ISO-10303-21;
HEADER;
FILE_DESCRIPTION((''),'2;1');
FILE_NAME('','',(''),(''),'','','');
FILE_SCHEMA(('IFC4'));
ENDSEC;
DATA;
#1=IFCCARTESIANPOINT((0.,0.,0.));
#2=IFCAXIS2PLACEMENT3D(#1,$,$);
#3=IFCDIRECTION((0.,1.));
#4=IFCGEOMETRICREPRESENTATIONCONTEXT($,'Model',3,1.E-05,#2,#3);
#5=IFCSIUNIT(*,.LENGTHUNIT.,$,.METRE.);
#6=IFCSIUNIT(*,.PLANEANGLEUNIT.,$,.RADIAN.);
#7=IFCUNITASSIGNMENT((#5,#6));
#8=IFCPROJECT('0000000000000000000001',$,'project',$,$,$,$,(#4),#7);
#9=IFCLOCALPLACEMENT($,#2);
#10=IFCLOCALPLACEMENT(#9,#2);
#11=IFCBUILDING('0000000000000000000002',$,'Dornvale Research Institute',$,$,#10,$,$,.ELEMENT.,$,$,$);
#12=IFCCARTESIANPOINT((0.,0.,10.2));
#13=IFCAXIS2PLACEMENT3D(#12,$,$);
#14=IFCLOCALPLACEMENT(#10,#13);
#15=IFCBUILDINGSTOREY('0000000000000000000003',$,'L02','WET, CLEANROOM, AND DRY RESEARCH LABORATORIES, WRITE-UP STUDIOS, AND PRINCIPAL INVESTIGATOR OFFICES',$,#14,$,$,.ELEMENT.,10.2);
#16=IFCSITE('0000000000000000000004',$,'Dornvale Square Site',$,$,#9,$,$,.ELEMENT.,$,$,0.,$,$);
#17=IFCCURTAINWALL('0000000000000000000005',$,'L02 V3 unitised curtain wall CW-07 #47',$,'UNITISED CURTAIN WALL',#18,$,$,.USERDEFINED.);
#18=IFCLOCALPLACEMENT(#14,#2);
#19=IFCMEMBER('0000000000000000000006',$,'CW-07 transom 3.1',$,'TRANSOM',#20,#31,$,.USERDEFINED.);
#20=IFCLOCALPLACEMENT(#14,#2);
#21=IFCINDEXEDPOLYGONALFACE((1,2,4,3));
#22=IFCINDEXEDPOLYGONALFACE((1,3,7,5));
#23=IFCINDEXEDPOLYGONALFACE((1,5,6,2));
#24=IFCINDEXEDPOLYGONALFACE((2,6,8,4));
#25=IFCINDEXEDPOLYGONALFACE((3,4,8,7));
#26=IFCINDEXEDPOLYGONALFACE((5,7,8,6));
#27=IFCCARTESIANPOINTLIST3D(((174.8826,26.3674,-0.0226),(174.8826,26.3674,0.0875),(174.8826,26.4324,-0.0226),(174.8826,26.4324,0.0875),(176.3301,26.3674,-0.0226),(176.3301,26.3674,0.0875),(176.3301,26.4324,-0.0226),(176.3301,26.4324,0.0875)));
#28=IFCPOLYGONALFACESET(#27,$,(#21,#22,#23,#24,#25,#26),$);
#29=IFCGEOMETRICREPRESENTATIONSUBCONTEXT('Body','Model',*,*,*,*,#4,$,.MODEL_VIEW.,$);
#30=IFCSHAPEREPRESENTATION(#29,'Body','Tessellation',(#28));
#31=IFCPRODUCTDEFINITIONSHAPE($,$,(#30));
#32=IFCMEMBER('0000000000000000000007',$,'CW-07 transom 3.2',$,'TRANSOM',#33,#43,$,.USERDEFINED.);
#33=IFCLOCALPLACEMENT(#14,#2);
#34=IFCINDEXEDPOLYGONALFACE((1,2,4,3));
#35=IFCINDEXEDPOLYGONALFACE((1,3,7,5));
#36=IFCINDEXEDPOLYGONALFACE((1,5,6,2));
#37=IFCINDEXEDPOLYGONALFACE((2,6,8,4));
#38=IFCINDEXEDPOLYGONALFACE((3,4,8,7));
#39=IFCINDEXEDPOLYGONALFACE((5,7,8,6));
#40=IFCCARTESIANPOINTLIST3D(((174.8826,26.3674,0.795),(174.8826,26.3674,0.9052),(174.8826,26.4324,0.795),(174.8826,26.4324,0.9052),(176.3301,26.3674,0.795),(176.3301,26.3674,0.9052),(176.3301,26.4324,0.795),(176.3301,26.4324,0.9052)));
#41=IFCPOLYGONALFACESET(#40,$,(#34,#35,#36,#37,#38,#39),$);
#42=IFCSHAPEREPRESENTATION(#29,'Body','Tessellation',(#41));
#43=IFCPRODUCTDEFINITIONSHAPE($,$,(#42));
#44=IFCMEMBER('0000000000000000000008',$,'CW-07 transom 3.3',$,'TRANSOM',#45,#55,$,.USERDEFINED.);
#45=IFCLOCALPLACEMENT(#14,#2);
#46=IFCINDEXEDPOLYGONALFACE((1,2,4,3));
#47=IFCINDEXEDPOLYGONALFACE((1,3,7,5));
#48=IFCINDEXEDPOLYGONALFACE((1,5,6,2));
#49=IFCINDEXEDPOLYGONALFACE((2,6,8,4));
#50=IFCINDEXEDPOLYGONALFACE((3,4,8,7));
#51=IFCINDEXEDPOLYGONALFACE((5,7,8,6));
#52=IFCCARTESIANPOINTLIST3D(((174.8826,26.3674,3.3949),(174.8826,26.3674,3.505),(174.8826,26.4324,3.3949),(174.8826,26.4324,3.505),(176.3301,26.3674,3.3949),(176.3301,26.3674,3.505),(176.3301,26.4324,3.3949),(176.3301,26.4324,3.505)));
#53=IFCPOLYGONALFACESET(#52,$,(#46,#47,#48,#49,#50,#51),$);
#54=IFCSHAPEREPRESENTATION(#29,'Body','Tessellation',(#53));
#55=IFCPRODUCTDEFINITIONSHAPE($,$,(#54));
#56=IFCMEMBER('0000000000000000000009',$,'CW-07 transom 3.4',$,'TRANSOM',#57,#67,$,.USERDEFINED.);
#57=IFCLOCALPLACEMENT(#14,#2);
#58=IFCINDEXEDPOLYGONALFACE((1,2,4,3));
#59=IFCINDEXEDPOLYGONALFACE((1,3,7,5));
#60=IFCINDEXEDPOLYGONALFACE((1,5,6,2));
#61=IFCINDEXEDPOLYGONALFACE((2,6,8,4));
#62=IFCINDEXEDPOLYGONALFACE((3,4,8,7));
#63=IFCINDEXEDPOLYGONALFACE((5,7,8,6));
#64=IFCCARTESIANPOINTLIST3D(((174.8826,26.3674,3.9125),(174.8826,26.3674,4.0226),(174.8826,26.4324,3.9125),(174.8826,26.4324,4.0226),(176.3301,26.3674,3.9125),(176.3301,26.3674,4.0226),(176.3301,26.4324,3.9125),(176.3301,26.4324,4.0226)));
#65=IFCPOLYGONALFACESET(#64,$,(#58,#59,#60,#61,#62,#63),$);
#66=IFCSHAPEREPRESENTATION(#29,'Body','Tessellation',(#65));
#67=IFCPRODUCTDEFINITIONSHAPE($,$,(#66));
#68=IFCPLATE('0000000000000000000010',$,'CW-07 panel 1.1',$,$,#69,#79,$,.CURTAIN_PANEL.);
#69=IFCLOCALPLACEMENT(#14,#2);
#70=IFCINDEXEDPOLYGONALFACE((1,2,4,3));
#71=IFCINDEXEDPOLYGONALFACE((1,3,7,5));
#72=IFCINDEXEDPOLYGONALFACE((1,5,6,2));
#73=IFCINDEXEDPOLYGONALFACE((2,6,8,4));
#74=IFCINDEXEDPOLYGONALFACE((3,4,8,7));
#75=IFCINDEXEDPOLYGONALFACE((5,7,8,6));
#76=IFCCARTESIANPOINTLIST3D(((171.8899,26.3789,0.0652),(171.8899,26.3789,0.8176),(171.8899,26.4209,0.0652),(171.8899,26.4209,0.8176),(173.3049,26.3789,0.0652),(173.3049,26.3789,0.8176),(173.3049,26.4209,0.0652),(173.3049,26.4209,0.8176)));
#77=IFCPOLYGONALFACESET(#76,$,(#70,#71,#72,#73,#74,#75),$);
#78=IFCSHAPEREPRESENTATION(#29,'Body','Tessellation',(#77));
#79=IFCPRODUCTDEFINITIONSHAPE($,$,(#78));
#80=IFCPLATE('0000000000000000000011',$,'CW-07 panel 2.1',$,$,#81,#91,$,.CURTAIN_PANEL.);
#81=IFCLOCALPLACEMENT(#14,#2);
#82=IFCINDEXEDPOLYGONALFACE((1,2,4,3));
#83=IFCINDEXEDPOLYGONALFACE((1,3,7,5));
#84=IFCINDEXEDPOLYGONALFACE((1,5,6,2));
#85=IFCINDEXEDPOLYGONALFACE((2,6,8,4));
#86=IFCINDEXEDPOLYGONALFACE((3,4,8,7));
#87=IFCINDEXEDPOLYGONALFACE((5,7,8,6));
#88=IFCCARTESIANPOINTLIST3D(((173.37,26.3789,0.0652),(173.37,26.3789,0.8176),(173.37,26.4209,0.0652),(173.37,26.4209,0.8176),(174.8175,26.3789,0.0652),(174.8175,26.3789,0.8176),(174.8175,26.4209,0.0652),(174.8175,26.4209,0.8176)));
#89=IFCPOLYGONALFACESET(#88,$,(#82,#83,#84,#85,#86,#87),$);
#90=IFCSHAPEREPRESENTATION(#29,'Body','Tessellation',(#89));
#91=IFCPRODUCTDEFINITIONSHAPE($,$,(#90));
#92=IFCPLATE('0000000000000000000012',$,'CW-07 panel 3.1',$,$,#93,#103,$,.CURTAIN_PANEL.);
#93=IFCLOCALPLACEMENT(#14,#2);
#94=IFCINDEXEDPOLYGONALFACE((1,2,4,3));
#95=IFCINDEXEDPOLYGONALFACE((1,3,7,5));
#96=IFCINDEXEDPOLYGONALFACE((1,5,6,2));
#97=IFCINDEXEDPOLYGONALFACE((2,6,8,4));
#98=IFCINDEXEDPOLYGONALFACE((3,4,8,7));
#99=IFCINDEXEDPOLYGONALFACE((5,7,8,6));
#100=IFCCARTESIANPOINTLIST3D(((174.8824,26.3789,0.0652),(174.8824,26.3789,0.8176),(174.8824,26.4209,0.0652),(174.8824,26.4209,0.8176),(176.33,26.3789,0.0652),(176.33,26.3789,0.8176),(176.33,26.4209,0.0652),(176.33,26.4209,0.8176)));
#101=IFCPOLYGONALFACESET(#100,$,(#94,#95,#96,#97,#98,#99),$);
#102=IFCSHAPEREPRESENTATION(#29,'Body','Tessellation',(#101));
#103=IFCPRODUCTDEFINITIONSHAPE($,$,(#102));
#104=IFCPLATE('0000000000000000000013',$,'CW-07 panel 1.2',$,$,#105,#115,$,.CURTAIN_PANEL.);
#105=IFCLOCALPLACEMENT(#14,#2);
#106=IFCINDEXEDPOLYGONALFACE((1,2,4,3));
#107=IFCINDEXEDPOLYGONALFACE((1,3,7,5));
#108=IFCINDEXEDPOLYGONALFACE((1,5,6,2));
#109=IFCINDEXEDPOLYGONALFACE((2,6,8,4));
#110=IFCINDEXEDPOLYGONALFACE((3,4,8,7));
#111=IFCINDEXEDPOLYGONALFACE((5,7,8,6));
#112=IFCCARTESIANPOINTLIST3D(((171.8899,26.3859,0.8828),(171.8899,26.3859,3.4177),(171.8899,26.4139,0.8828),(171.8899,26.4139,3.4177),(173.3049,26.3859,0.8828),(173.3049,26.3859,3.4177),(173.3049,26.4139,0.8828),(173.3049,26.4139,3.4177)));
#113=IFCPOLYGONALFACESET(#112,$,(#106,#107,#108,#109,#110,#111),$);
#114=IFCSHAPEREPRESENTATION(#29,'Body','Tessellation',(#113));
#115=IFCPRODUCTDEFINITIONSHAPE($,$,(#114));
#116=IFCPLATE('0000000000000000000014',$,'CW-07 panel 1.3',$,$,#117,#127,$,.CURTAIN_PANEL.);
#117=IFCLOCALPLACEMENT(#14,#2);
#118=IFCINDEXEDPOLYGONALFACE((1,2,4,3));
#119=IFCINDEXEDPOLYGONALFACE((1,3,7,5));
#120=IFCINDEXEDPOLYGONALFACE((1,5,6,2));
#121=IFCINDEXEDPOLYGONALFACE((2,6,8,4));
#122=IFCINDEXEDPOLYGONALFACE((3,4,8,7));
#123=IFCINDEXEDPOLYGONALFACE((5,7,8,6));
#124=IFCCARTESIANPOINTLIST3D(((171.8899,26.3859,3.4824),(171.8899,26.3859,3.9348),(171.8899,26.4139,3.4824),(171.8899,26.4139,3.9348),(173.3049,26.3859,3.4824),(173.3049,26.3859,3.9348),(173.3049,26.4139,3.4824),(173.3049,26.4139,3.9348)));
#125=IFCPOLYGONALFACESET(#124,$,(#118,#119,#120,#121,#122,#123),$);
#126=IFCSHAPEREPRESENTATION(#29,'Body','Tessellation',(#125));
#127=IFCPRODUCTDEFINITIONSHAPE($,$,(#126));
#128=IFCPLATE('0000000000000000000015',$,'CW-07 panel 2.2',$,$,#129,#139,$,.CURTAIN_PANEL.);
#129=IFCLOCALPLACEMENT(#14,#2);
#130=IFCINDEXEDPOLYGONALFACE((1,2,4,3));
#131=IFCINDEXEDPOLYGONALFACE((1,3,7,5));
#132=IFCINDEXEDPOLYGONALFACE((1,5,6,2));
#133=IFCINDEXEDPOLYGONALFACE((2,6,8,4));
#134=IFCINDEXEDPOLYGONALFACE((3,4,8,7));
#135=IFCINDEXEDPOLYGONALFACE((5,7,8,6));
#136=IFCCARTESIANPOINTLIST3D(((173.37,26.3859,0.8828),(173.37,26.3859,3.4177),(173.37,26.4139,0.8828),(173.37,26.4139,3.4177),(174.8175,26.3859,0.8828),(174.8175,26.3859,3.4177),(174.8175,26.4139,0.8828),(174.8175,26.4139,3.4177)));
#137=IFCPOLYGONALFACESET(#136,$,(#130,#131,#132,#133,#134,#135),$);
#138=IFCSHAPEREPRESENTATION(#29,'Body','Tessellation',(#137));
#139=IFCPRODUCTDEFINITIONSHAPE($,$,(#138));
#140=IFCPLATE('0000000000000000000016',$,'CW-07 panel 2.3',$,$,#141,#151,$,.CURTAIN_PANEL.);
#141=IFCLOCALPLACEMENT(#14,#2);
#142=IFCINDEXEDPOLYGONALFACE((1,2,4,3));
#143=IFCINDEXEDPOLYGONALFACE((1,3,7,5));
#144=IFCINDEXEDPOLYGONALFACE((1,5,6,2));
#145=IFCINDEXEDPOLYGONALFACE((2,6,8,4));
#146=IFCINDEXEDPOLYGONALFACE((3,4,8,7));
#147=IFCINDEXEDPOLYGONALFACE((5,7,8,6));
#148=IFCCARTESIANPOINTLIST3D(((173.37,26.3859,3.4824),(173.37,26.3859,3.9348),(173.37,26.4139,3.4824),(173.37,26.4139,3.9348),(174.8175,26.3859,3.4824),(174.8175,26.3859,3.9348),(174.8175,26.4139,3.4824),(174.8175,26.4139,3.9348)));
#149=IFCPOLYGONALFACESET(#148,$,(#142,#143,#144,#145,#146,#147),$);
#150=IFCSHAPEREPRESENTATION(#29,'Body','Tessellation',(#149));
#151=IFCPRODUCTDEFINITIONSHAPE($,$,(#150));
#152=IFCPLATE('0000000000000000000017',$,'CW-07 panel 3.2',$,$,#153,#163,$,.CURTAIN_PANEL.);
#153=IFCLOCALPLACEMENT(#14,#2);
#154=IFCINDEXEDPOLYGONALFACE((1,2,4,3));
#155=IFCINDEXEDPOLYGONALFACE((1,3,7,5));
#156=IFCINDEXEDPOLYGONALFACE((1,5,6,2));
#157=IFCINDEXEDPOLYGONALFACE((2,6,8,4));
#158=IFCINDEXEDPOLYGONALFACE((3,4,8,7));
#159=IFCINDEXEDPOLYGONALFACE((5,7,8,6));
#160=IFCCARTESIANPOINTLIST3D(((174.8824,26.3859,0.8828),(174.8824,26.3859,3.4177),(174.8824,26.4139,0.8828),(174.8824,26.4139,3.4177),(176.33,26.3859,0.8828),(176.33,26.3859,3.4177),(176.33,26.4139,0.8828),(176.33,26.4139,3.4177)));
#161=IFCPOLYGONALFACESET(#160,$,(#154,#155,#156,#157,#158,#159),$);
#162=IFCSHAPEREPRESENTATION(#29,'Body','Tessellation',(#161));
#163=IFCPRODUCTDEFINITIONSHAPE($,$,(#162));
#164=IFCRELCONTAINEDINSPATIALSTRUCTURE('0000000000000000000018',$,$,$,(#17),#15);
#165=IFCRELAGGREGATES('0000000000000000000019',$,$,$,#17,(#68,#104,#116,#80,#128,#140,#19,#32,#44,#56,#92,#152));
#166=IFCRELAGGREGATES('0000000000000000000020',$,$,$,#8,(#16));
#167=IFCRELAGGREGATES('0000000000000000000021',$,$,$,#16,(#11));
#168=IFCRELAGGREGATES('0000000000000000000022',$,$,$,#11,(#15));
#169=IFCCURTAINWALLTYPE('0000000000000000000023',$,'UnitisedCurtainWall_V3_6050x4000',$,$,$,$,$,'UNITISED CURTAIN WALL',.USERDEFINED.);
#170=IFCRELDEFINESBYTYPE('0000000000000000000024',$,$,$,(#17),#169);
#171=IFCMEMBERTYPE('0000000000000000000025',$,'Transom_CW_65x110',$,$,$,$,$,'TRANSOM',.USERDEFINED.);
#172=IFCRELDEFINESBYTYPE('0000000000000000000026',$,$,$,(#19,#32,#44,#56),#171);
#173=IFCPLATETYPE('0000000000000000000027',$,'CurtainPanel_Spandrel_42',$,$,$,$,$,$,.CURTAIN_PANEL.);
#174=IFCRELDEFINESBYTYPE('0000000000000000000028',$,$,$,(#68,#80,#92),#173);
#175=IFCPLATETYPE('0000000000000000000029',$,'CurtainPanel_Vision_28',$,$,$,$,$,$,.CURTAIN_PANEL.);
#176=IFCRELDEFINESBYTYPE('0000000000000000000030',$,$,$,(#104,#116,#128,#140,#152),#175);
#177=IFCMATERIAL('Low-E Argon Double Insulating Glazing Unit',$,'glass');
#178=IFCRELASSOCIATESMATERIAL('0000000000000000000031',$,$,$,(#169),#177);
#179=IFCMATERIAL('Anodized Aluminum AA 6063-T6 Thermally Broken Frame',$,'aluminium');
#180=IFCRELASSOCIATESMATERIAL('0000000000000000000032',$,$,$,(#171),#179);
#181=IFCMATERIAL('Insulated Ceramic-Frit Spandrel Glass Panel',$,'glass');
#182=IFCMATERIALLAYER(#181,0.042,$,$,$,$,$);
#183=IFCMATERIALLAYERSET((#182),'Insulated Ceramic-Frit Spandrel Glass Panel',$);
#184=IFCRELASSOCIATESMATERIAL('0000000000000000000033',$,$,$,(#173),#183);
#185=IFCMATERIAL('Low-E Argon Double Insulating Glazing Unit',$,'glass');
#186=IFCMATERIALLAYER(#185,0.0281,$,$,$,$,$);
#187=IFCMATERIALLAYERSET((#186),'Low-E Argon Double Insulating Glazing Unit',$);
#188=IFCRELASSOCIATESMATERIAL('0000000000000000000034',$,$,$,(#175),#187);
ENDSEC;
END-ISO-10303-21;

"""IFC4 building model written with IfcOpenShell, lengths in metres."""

from ifc_helpers import new_model, si_unit, direction, frame, origin, origin_2d, place, context, subcontext, project, spatial, rectangle, extrude, material, layer, layer_set, material_profile, profile_set, type_object, element, aggregate, save


model = new_model("IFC4")

# Units and contexts
model_context = context("Model", 3, precision=1e-05, world=origin(), true_north=direction((0.0, 1.0)))
body_context = subcontext(model_context, "Body", "Model", "MODEL_VIEW")
ifc_project = project(units=[si_unit("LENGTHUNIT", "METRE"), si_unit("PLANEANGLEUNIT", "RADIAN")], contexts=[model_context])

# Site, building, storey
site_placement = place(None, origin())
site = spatial("IfcSite", under=ifc_project, at=site_placement, Name="Dornvale Square Site", CompositionType="ELEMENT", RefElevation=0.0)
building_placement = place(site_placement, origin())
building = spatial("IfcBuilding", under=site, at=building_placement, Name="Dornvale Research Institute", CompositionType="ELEMENT")
storey_placement = place(building_placement, frame((0.0, 0.0, 10.2)))
storey = spatial("IfcBuildingStorey", under=building, at=storey_placement, Name="L02", Description="WET, CLEANROOM, AND DRY RESEARCH LABORATORIES, WRITE-UP STUDIOS, AND PRINCIPAL INVESTIGATOR OFFICES", CompositionType="ELEMENT", Elevation=10.2)

# Curtain wall
ifc_material_1 = material(Name="Low-E Argon Double Insulating Glazing Unit", Category="glass")
curtain_wall_type = type_object("IfcCurtainWallType", Name="UnitisedCurtainWall_V3_6050x4000", ElementType="UNITISED CURTAIN WALL", PredefinedType="USERDEFINED", material=ifc_material_1)
curtain_wall_placement = place(storey_placement, origin())
curtain_wall = element("IfcCurtainWall", 1, at=curtain_wall_placement, inside=storey, type_object=curtain_wall_type, Name="L02 V3 unitised curtain wall CW-07 #47", ObjectType="UNITISED CURTAIN WALL", PredefinedType="USERDEFINED")

# Members
ifc_material_2 = material(Name="Anodized Aluminum AA 6063-T6 Thermally Broken Frame", Category="aluminium")
ifc_material_profile_1 = material_profile(ifc_material_2, rectangle(XDim=0.0649, YDim=0.1101, at=origin_2d()), Name="ALU TRANSOM 65x110")
ifc_profile_set_1 = profile_set([ifc_material_profile_1], Name="Anodized Aluminum AA 6063-T6 Thermally Broken Frame")
member_type_1 = type_object("IfcMemberType", Name="Transom_CW_65x110", ElementType="TRANSOM", PredefinedType="USERDEFINED", material=ifc_profile_set_1)
member_1_placement = place(storey_placement, frame((174.8826, 26.3999, 0.0325), z_axis=(1.0, 0.0, 0.0), x_axis=(0.0, 1.0, 0.0)))
member_1 = element("IfcMember", 2, at=member_1_placement, type_object=member_type_1, Name="CW-07 transom 3.1", ObjectType="TRANSOM", PredefinedType="USERDEFINED", context=body_context, shape_type="SweptSolid", body=[
    extrude(rectangle(XDim=0.0649, YDim=0.1101, at=origin_2d()), origin(), (0.0, 0.0, 1.0), 1.4475),
])
member_2_placement = place(storey_placement, frame((174.8826, 26.3999, 0.8501), z_axis=(1.0, 0.0, 0.0), x_axis=(0.0, 1.0, 0.0)))
member_2 = element("IfcMember", 3, at=member_2_placement, type_object=member_type_1, Name="CW-07 transom 3.2", ObjectType="TRANSOM", PredefinedType="USERDEFINED", context=body_context, shape_type="SweptSolid", body=[
    extrude(rectangle(XDim=0.0649, YDim=0.1101, at=origin_2d()), origin(), (0.0, 0.0, 1.0), 1.4475),
])
member_3_placement = place(storey_placement, frame((174.8826, 26.3999, 3.45), z_axis=(1.0, 0.0, 0.0), x_axis=(0.0, 1.0, 0.0)))
member_3 = element("IfcMember", 4, at=member_3_placement, type_object=member_type_1, Name="CW-07 transom 3.3", ObjectType="TRANSOM", PredefinedType="USERDEFINED", context=body_context, shape_type="SweptSolid", body=[
    extrude(rectangle(XDim=0.0649, YDim=0.1101, at=origin_2d()), origin(), (0.0, 0.0, 1.0), 1.4475),
])
member_4_placement = place(storey_placement, frame((174.8826, 26.3999, 3.9675), z_axis=(1.0, 0.0, 0.0), x_axis=(0.0, 1.0, 0.0)))
member_4 = element("IfcMember", 5, at=member_4_placement, type_object=member_type_1, Name="CW-07 transom 3.4", ObjectType="TRANSOM", PredefinedType="USERDEFINED", context=body_context, shape_type="SweptSolid", body=[
    extrude(rectangle(XDim=0.0649, YDim=0.1101, at=origin_2d()), origin(), (0.0, 0.0, 1.0), 1.4475),
])

# Plates
ifc_material_3 = material(Name="Insulated Ceramic-Frit Spandrel Glass Panel", Category="glass")
ifc_layer_1 = layer(ifc_material_3, 0.042)
ifc_layer_set_1 = layer_set([ifc_layer_1], Name="Insulated Ceramic-Frit Spandrel Glass Panel")
plate_type_1 = type_object("IfcPlateType", Name="CurtainPanel_Spandrel_42", PredefinedType="CURTAIN_PANEL", material=ifc_layer_set_1)
plate_1_placement = place(storey_placement, frame((172.5974, 26.3999, 0.0652), z_axis=(0.0, 0.0, 1.0), x_axis=(1.0, 0.0, 0.0)))
plate_1 = element("IfcPlate", 6, at=plate_1_placement, type_object=plate_type_1, Name="CW-07 panel 1.1", PredefinedType="CURTAIN_PANEL", context=body_context, shape_type="SweptSolid", body=[
    extrude(rectangle(XDim=1.415, YDim=0.042, at=origin_2d()), origin(), (0.0, 0.0, 1.0), 0.7524),
])
plate_2_placement = place(storey_placement, frame((174.0938, 26.3999, 0.0652), z_axis=(0.0, 0.0, 1.0), x_axis=(1.0, 0.0, 0.0)))
plate_2 = element("IfcPlate", 7, at=plate_2_placement, type_object=plate_type_1, Name="CW-07 panel 2.1", PredefinedType="CURTAIN_PANEL", context=body_context, shape_type="SweptSolid", body=[
    extrude(rectangle(XDim=1.4475, YDim=0.042, at=origin_2d()), origin(), (0.0, 0.0, 1.0), 0.7524),
])
plate_3_placement = place(storey_placement, frame((175.6062, 26.3999, 0.0652), z_axis=(0.0, 0.0, 1.0), x_axis=(1.0, 0.0, 0.0)))
plate_3 = element("IfcPlate", 8, at=plate_3_placement, type_object=plate_type_1, Name="CW-07 panel 3.1", PredefinedType="CURTAIN_PANEL", context=body_context, shape_type="SweptSolid", body=[
    extrude(rectangle(XDim=1.4475, YDim=0.042, at=origin_2d()), origin(), (0.0, 0.0, 1.0), 0.7524),
])
ifc_material_4 = material(Name="Low-E Argon Double Insulating Glazing Unit", Category="glass")
ifc_layer_2 = layer(ifc_material_4, 0.0281)
ifc_layer_set_2 = layer_set([ifc_layer_2], Name="Low-E Argon Double Insulating Glazing Unit")
plate_type_2 = type_object("IfcPlateType", Name="CurtainPanel_Vision_28", PredefinedType="CURTAIN_PANEL", material=ifc_layer_set_2)
plate_4_placement = place(storey_placement, frame((172.5974, 26.3999, 0.8828), z_axis=(0.0, 0.0, 1.0), x_axis=(1.0, 0.0, 0.0)))
plate_4 = element("IfcPlate", 9, at=plate_4_placement, type_object=plate_type_2, Name="CW-07 panel 1.2", PredefinedType="CURTAIN_PANEL", context=body_context, shape_type="SweptSolid", body=[
    extrude(rectangle(XDim=1.415, YDim=0.0281, at=origin_2d()), origin(), (0.0, 0.0, 1.0), 2.5349),
])
plate_5_placement = place(storey_placement, frame((172.5974, 26.3999, 3.4824), z_axis=(0.0, 0.0, 1.0), x_axis=(1.0, 0.0, 0.0)))
plate_5 = element("IfcPlate", 10, at=plate_5_placement, type_object=plate_type_2, Name="CW-07 panel 1.3", PredefinedType="CURTAIN_PANEL", context=body_context, shape_type="SweptSolid", body=[
    extrude(rectangle(XDim=1.415, YDim=0.0281, at=origin_2d()), origin(), (0.0, 0.0, 1.0), 0.4524),
])
plate_6_placement = place(storey_placement, frame((174.0938, 26.3999, 0.8828), z_axis=(0.0, 0.0, 1.0), x_axis=(1.0, 0.0, 0.0)))
plate_6 = element("IfcPlate", 11, at=plate_6_placement, type_object=plate_type_2, Name="CW-07 panel 2.2", PredefinedType="CURTAIN_PANEL", context=body_context, shape_type="SweptSolid", body=[
    extrude(rectangle(XDim=1.4475, YDim=0.0281, at=origin_2d()), origin(), (0.0, 0.0, 1.0), 2.5349),
])
plate_7_placement = place(storey_placement, frame((174.0938, 26.3999, 3.4824), z_axis=(0.0, 0.0, 1.0), x_axis=(1.0, 0.0, 0.0)))
plate_7 = element("IfcPlate", 12, at=plate_7_placement, type_object=plate_type_2, Name="CW-07 panel 2.3", PredefinedType="CURTAIN_PANEL", context=body_context, shape_type="SweptSolid", body=[
    extrude(rectangle(XDim=1.4475, YDim=0.0281, at=origin_2d()), origin(), (0.0, 0.0, 1.0), 0.4524),
])
plate_8_placement = place(storey_placement, frame((175.6062, 26.3999, 0.8828), z_axis=(0.0, 0.0, 1.0), x_axis=(1.0, 0.0, 0.0)))
plate_8 = element("IfcPlate", 13, at=plate_8_placement, type_object=plate_type_2, Name="CW-07 panel 3.2", PredefinedType="CURTAIN_PANEL", context=body_context, shape_type="SweptSolid", body=[
    extrude(rectangle(XDim=1.4475, YDim=0.0281, at=origin_2d()), origin(), (0.0, 0.0, 1.0), 2.5349),
])
aggregate(curtain_wall, [plate_1, plate_4, plate_5, plate_2, plate_6, plate_7, member_1, member_2, member_3, member_4, plate_3, plate_8])

save(model, "model.ifc")
